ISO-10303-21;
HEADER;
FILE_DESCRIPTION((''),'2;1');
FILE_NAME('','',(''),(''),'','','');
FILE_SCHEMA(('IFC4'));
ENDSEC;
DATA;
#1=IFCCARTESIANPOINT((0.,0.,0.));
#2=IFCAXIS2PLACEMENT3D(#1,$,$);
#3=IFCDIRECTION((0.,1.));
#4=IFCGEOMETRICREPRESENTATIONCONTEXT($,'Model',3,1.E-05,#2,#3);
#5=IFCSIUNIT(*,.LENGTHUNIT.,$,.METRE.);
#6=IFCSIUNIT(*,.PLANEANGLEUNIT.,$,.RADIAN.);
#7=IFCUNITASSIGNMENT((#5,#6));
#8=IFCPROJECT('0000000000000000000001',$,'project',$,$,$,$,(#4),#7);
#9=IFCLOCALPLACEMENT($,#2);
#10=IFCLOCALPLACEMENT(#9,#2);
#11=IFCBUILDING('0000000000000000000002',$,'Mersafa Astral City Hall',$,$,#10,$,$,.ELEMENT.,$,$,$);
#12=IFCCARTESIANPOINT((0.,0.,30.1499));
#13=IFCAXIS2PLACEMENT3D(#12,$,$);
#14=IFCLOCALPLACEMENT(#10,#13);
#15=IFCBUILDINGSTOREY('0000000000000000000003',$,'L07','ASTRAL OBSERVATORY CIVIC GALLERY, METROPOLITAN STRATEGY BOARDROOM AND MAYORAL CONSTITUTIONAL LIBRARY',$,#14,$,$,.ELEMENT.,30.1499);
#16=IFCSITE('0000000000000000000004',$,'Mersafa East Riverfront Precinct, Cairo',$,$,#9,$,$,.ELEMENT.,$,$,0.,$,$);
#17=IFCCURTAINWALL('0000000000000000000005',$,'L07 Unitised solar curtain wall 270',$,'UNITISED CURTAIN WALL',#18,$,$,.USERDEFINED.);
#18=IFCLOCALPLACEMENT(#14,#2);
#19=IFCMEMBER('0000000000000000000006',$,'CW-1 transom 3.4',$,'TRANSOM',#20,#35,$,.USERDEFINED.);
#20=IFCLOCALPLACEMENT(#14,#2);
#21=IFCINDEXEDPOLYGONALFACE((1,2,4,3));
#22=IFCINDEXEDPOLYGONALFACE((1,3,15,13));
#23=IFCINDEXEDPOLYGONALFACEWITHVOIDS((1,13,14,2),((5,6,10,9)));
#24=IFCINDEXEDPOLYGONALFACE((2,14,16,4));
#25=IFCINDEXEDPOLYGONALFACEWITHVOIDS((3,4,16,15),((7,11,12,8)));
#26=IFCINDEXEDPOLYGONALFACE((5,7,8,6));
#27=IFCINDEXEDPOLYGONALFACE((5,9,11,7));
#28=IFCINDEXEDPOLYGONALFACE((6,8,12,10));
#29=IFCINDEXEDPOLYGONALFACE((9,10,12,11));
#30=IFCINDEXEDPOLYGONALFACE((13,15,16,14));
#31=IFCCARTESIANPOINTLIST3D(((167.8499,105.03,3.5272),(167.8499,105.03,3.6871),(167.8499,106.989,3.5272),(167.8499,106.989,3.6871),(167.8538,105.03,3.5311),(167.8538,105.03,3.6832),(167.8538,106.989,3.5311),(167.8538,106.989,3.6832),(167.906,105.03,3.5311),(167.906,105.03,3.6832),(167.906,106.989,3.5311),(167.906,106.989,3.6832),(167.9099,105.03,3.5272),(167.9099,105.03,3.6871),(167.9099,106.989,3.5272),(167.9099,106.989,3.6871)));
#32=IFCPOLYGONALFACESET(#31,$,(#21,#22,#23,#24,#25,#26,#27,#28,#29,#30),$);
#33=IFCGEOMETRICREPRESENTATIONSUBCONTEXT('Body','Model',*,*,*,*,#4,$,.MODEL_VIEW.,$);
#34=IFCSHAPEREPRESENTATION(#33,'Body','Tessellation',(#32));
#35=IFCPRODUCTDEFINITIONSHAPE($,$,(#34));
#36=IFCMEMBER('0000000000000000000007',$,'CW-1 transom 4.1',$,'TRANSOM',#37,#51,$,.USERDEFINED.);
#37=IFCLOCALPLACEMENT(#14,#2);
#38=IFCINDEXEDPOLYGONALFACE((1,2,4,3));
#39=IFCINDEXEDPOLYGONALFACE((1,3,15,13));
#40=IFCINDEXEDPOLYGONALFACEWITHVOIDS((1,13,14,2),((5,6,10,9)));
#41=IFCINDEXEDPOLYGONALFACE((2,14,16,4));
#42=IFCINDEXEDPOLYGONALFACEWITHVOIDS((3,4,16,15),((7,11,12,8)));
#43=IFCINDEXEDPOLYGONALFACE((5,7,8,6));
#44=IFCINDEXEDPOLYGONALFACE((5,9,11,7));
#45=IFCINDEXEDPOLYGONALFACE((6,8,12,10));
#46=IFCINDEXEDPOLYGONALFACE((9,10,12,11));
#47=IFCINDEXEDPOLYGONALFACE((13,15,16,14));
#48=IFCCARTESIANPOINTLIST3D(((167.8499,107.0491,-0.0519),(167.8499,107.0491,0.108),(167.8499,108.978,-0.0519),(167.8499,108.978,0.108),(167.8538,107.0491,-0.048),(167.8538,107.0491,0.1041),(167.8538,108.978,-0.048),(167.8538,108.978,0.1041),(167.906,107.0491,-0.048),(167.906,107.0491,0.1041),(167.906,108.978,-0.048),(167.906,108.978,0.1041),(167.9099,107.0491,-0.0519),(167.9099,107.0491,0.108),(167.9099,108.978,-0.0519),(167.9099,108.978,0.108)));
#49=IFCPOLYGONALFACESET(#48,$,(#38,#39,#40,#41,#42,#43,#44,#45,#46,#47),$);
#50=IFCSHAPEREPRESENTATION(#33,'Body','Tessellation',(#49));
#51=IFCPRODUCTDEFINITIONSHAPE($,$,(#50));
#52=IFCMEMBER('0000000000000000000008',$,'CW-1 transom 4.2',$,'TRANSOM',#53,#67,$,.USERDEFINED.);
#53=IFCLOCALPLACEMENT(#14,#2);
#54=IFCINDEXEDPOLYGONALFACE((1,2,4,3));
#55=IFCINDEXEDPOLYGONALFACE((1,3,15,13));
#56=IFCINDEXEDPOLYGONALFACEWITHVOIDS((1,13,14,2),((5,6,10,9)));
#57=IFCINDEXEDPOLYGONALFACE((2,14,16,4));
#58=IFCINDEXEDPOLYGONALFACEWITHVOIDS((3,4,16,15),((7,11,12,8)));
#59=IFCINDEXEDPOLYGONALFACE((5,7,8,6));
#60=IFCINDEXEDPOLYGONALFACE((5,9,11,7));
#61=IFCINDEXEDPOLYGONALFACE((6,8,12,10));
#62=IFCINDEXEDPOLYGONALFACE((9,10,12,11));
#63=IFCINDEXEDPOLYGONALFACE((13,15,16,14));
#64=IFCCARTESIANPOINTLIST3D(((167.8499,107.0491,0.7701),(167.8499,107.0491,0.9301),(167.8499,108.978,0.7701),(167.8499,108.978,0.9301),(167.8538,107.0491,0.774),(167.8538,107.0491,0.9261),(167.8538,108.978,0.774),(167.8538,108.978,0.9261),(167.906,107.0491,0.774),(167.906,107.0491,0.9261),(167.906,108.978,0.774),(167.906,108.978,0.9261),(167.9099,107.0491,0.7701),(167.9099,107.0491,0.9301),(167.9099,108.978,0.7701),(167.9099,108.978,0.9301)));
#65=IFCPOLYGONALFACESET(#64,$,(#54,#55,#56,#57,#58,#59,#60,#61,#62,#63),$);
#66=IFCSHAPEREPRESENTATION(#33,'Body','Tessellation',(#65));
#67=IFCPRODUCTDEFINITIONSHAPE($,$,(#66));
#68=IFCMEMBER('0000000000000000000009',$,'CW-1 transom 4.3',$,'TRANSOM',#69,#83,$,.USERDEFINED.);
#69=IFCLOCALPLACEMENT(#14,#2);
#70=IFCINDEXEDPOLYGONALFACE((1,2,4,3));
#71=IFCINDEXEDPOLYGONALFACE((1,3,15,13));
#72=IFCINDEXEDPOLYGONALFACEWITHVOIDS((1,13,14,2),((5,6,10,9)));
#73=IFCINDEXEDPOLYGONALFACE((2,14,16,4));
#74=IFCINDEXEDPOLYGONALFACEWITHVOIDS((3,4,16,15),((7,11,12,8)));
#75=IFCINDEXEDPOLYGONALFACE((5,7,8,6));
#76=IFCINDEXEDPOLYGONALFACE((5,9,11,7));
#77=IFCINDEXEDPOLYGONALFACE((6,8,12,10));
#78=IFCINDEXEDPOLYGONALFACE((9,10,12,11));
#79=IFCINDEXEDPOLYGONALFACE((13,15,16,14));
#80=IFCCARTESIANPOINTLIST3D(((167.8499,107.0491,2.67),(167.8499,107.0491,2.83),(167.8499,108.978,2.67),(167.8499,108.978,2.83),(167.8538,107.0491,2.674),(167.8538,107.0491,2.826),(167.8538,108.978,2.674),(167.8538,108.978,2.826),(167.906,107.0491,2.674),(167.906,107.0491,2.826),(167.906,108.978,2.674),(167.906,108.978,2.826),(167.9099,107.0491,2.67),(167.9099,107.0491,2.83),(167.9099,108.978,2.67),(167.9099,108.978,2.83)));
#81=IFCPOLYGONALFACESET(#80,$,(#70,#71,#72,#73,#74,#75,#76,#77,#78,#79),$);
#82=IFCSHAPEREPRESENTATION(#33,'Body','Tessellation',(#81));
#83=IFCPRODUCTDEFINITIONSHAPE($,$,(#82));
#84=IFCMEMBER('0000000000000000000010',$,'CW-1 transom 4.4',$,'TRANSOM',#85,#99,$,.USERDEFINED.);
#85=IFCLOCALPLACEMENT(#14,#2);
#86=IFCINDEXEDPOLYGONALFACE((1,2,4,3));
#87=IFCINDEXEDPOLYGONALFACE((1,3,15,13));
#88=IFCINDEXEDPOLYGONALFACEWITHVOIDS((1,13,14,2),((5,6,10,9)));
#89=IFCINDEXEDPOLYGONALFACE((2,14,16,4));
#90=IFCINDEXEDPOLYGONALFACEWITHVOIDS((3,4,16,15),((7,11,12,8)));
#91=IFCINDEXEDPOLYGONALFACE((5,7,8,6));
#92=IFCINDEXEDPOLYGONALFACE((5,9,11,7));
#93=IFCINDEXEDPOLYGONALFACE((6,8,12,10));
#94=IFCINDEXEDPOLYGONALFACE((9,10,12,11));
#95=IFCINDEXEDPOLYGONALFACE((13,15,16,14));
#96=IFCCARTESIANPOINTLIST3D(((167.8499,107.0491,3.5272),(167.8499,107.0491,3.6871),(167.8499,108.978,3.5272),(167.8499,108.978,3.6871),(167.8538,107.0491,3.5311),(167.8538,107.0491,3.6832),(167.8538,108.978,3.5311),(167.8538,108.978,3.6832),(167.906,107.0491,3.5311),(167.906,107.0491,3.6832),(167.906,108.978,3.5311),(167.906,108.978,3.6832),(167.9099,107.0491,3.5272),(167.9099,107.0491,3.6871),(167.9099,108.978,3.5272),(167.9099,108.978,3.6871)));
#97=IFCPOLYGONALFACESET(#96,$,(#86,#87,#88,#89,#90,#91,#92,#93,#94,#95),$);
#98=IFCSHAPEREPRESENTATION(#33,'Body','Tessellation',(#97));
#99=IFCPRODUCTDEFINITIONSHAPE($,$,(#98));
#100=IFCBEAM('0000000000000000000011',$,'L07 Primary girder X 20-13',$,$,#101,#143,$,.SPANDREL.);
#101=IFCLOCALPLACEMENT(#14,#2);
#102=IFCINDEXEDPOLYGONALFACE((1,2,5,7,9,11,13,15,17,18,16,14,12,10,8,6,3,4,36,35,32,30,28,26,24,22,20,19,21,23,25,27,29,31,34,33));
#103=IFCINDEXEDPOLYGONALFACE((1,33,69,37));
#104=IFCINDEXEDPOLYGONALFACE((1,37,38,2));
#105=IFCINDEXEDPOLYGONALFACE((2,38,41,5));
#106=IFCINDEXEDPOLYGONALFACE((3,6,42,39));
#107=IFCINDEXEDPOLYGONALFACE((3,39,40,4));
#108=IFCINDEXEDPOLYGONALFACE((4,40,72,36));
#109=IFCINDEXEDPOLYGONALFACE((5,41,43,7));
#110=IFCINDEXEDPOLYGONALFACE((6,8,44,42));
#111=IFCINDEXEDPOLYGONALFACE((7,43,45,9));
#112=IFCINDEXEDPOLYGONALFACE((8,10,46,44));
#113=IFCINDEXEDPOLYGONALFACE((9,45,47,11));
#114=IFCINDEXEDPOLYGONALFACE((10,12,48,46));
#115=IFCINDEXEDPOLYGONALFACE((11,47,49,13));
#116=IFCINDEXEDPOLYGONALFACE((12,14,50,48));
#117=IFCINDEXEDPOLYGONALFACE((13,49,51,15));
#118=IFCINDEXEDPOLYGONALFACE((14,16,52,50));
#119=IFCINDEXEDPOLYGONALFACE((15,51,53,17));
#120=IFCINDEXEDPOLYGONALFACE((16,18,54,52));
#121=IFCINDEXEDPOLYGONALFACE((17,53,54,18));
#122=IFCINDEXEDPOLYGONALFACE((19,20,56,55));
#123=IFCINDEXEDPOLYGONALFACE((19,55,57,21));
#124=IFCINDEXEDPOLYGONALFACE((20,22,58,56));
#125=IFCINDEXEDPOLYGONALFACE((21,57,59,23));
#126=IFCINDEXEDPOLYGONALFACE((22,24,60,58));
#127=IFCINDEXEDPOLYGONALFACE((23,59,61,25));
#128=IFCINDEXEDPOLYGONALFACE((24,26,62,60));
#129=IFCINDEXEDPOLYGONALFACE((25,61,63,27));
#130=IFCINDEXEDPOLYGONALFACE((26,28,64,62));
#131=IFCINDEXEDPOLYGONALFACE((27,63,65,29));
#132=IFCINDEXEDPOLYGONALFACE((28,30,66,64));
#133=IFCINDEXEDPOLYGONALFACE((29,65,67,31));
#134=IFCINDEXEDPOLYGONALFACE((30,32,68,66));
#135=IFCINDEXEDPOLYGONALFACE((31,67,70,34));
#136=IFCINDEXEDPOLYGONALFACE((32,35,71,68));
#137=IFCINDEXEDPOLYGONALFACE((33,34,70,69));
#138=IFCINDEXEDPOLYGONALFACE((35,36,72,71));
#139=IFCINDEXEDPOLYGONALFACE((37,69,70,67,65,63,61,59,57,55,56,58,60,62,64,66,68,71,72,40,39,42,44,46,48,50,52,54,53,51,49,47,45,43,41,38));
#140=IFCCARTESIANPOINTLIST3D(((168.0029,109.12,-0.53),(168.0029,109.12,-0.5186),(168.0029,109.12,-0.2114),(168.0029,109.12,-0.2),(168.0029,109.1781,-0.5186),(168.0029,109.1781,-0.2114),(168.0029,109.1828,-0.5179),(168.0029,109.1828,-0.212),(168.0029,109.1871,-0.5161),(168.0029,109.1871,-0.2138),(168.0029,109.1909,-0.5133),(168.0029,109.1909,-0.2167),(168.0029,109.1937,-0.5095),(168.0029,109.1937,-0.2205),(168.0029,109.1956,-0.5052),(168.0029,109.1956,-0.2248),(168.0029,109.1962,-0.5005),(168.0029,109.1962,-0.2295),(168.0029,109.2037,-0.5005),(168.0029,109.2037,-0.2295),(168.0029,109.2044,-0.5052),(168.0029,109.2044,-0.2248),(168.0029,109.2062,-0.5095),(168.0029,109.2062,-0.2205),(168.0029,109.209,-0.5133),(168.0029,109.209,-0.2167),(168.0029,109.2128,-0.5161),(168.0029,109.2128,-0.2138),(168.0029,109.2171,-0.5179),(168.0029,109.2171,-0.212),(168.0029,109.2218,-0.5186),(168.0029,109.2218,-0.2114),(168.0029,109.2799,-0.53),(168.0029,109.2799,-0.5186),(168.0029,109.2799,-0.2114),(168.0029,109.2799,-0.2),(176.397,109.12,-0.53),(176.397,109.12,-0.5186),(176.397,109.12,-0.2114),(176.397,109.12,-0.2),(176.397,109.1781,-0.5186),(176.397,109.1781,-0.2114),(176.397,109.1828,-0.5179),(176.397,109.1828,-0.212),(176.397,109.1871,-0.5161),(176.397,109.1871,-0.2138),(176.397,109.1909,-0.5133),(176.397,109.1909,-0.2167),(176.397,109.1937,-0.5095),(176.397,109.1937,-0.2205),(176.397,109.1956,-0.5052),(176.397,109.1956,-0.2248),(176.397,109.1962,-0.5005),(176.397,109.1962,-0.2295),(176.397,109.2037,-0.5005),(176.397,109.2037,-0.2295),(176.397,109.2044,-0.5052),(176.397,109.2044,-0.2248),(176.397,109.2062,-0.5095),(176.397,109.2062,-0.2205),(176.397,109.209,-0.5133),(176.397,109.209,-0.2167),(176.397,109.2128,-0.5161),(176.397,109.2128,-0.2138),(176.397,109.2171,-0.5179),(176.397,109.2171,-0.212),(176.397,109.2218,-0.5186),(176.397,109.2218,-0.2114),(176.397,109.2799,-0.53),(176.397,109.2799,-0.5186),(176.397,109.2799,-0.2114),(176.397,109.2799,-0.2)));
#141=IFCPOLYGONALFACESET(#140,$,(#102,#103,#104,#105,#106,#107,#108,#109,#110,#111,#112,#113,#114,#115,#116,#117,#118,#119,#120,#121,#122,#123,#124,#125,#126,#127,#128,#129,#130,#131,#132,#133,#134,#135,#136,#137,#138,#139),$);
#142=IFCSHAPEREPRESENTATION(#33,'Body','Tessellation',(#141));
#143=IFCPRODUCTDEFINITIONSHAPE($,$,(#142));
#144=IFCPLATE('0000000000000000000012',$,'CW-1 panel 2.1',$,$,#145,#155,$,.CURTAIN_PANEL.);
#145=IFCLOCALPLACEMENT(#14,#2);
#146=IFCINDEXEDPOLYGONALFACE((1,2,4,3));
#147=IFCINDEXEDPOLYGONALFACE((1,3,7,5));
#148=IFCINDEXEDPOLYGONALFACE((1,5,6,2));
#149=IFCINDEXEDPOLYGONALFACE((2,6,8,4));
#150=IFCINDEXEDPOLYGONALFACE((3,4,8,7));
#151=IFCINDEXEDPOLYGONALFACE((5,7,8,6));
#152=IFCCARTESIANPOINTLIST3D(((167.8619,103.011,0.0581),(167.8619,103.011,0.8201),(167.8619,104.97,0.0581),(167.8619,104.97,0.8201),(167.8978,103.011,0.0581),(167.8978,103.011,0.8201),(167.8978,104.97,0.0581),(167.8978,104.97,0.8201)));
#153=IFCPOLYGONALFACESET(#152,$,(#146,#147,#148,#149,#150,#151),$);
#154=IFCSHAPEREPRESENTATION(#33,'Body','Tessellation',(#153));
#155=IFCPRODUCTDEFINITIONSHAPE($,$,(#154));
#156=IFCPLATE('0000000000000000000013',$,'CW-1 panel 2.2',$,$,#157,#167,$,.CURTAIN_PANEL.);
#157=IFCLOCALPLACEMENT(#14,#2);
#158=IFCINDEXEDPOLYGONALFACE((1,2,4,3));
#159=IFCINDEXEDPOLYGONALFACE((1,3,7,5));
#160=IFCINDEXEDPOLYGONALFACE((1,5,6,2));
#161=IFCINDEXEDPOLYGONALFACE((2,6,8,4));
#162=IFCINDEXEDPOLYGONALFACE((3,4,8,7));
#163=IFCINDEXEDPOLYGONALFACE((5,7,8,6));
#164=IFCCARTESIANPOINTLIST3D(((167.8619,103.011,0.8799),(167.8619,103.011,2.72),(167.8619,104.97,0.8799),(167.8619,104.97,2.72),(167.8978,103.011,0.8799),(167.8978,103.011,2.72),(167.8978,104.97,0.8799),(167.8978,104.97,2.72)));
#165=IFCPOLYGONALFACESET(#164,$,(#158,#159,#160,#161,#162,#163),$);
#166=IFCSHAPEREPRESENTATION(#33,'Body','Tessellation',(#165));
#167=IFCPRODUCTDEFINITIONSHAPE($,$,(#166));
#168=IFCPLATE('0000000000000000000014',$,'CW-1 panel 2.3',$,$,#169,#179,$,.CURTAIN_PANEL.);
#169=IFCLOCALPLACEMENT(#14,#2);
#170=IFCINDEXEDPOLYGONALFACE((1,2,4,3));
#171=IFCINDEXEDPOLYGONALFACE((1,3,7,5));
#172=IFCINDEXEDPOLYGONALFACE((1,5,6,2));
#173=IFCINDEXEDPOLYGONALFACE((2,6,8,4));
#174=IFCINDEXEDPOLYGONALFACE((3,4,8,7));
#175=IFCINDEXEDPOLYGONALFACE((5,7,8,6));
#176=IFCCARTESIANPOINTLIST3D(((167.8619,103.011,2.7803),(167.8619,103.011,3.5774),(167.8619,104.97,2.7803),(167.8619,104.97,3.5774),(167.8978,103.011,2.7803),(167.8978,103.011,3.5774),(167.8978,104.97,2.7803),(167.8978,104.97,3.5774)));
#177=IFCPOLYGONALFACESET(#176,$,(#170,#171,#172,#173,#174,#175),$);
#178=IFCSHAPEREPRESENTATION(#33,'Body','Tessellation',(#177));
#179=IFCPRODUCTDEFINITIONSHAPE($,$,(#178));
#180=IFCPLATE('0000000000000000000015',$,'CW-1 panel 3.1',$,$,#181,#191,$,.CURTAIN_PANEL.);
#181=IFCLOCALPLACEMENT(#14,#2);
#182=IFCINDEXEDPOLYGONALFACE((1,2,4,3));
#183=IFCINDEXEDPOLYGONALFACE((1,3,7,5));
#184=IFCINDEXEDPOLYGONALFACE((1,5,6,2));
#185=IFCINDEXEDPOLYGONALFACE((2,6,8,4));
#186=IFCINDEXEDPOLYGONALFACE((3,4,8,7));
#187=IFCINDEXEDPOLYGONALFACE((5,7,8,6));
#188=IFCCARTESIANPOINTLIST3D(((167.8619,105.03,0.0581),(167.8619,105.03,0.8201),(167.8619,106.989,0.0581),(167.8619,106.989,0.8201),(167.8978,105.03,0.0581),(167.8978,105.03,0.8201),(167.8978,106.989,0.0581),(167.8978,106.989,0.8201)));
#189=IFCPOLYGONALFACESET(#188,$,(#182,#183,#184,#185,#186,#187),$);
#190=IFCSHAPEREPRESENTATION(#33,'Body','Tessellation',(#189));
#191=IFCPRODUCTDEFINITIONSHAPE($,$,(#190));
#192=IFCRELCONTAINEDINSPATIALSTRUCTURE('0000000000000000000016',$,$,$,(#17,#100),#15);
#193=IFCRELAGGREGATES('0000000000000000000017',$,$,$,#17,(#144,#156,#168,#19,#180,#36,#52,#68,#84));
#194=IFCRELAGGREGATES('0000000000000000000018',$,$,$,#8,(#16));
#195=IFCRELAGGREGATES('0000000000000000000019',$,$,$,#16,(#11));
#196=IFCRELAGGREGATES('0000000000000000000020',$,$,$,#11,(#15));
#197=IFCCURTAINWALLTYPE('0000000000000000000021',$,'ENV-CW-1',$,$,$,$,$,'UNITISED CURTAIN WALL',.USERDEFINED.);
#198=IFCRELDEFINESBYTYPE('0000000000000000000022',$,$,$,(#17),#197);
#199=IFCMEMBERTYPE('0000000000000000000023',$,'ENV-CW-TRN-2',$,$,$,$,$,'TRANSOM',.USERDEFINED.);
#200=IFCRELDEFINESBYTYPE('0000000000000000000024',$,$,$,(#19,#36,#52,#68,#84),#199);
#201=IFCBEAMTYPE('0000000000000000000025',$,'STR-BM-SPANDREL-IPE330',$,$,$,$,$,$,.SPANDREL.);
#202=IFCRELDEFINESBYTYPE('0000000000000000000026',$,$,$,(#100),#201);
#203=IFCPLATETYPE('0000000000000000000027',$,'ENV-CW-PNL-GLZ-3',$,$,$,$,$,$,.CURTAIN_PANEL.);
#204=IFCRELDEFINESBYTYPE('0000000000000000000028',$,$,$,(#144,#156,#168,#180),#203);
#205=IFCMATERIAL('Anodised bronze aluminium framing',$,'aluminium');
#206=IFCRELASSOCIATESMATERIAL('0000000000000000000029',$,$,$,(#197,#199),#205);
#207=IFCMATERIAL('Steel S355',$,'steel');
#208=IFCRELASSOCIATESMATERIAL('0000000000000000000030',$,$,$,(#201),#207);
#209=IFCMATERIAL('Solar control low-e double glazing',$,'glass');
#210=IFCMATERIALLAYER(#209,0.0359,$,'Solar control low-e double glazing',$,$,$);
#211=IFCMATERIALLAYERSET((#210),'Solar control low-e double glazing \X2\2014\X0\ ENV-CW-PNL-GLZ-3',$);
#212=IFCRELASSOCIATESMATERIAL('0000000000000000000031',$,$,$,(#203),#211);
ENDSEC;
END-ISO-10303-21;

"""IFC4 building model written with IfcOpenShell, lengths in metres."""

from ifc_helpers import new_model, si_unit, direction, frame, origin, origin_2d, place, context, subcontext, project, spatial, rectangle, hollow_rectangle, i_section, extrude, material, layer, layer_set, material_profile, profile_set, type_object, element, aggregate, save


model = new_model("IFC4")

# Units and contexts
model_context = context("Model", 3, precision=1e-05, world=origin(), true_north=direction((0.0, 1.0)))
body_context = subcontext(model_context, "Body", "Model", "MODEL_VIEW")
ifc_project = project(units=[si_unit("LENGTHUNIT", "METRE"), si_unit("PLANEANGLEUNIT", "RADIAN")], contexts=[model_context])

# Site, building, storey
site_placement = place(None, origin())
site = spatial("IfcSite", under=ifc_project, at=site_placement, Name="Mersafa East Riverfront Precinct, Cairo", CompositionType="ELEMENT", RefElevation=0.0)
building_placement = place(site_placement, origin())
building = spatial("IfcBuilding", under=site, at=building_placement, Name="Mersafa Astral City Hall", CompositionType="ELEMENT")
storey_placement = place(building_placement, frame((0.0, 0.0, 30.1499)))
storey = spatial("IfcBuildingStorey", under=building, at=storey_placement, Name="L07", Description="ASTRAL OBSERVATORY CIVIC GALLERY, METROPOLITAN STRATEGY BOARDROOM AND MAYORAL CONSTITUTIONAL LIBRARY", CompositionType="ELEMENT", Elevation=30.1499)

# Shared definitions
ifc_material_1 = material(Name="Steel S355", Category="steel")

# Curtain wall, members
ifc_material_2 = material(Name="Anodised bronze aluminium framing", Category="aluminium")
curtain_wall_type = type_object("IfcCurtainWallType", Name="ENV-CW-1", ElementType="UNITISED CURTAIN WALL", PredefinedType="USERDEFINED", material=ifc_material_2)
curtain_wall_placement = place(storey_placement, origin())
curtain_wall = element("IfcCurtainWall", 1, at=curtain_wall_placement, inside=storey, type_object=curtain_wall_type, Name="L07 Unitised solar curtain wall 270", ObjectType="UNITISED CURTAIN WALL", PredefinedType="USERDEFINED")
ifc_material_profile_1 = material_profile(ifc_material_2, hollow_rectangle(XDim=0.0601, YDim=0.1599, WallThickness=0.0039, at=origin_2d()), Name="RHS 60x160x4")
ifc_profile_set_1 = profile_set([ifc_material_profile_1], Name="Anodised bronze aluminium framing")
member_type_1 = type_object("IfcMemberType", Name="ENV-CW-TRN-2", ElementType="TRANSOM", PredefinedType="USERDEFINED", material=ifc_profile_set_1)
member_1_placement = place(storey_placement, frame((167.8799, 105.03, 3.6072), z_axis=(0.0, 1.0, 0.0), x_axis=(-1.0, 0.0, 0.0)))
member_1 = element("IfcMember", 2, at=member_1_placement, type_object=member_type_1, Name="CW-1 transom 3.4", ObjectType="TRANSOM", PredefinedType="USERDEFINED", context=body_context, shape_type="SweptSolid", body=[
    extrude(hollow_rectangle(XDim=0.0601, YDim=0.1599, WallThickness=0.0039, at=origin_2d()), origin(), (0.0, 0.0, 1.0), 1.959),
])
member_2_placement = place(storey_placement, frame((167.8799, 107.0491, 0.0281), z_axis=(0.0, 1.0, 0.0), x_axis=(-1.0, 0.0, 0.0)))
member_2 = element("IfcMember", 3, at=member_2_placement, type_object=member_type_1, Name="CW-1 transom 4.1", ObjectType="TRANSOM", PredefinedType="USERDEFINED", context=body_context, shape_type="SweptSolid", body=[
    extrude(hollow_rectangle(XDim=0.0601, YDim=0.1599, WallThickness=0.0039, at=origin_2d()), origin(), (0.0, 0.0, 1.0), 1.929),
])
member_3_placement = place(storey_placement, frame((167.8799, 107.0491, 0.8501), z_axis=(0.0, 1.0, 0.0), x_axis=(-1.0, 0.0, 0.0)))
member_3 = element("IfcMember", 4, at=member_3_placement, type_object=member_type_1, Name="CW-1 transom 4.2", ObjectType="TRANSOM", PredefinedType="USERDEFINED", context=body_context, shape_type="SweptSolid", body=[
    extrude(hollow_rectangle(XDim=0.0601, YDim=0.1599, WallThickness=0.0039, at=origin_2d()), origin(), (0.0, 0.0, 1.0), 1.929),
])
member_4_placement = place(storey_placement, frame((167.8799, 107.0491, 2.75), z_axis=(0.0, 1.0, 0.0), x_axis=(-1.0, 0.0, 0.0)))
member_4 = element("IfcMember", 5, at=member_4_placement, type_object=member_type_1, Name="CW-1 transom 4.3", ObjectType="TRANSOM", PredefinedType="USERDEFINED", context=body_context, shape_type="SweptSolid", body=[
    extrude(hollow_rectangle(XDim=0.0601, YDim=0.1599, WallThickness=0.0039, at=origin_2d()), origin(), (0.0, 0.0, 1.0), 1.929),
])
member_5_placement = place(storey_placement, frame((167.8799, 107.0491, 3.6072), z_axis=(0.0, 1.0, 0.0), x_axis=(-1.0, 0.0, 0.0)))
member_5 = element("IfcMember", 6, at=member_5_placement, type_object=member_type_1, Name="CW-1 transom 4.4", ObjectType="TRANSOM", PredefinedType="USERDEFINED", context=body_context, shape_type="SweptSolid", body=[
    extrude(hollow_rectangle(XDim=0.0601, YDim=0.1599, WallThickness=0.0039, at=origin_2d()), origin(), (0.0, 0.0, 1.0), 1.929),
])

# Beam
ifc_material_profile_2 = material_profile(ifc_material_1, i_section(OverallWidth=0.1599, OverallDepth=0.3301, WebThickness=0.0076, FlangeThickness=0.0115, FilletRadius=0.0181, at=origin_2d()), Name="IPE 330")
ifc_profile_set_2 = profile_set([ifc_material_profile_2], Name="Steel S355")
beam_type = type_object("IfcBeamType", Name="STR-BM-SPANDREL-IPE330", PredefinedType="SPANDREL", material=ifc_profile_set_2)
beam_placement = place(storey_placement, frame((168.0029, 109.2, -0.365), z_axis=(1.0, 0.0, 0.0), x_axis=(0.0, 1.0, 0.0)))
element("IfcBeam", 7, at=beam_placement, inside=storey, type_object=beam_type, Name="L07 Primary girder X 20-13", PredefinedType="SPANDREL", context=body_context, shape_type="SweptSolid", body=[
    extrude(i_section(OverallWidth=0.1599, OverallDepth=0.3301, WebThickness=0.0076, FlangeThickness=0.0115, FilletRadius=0.0181, at=origin_2d()), origin(), (0.0, 0.0, 1.0), 8.394),
])

# Plates
ifc_material_3 = material(Name="Solar control low-e double glazing", Category="glass")
ifc_layer_1 = layer(ifc_material_3, 0.0359, Name="Solar control low-e double glazing")
ifc_layer_set_1 = layer_set([ifc_layer_1], Name="Solar control low-e double glazing — ENV-CW-PNL-GLZ-3")
plate_type = type_object("IfcPlateType", Name="ENV-CW-PNL-GLZ-3", PredefinedType="CURTAIN_PANEL", material=ifc_layer_set_1)
plate_1_placement = place(storey_placement, frame((167.8799, 103.9905, 0.0581), z_axis=(0.0, 0.0, 1.0), x_axis=(0.0, 1.0, 0.0)))
plate_1 = element("IfcPlate", 8, at=plate_1_placement, type_object=plate_type, Name="CW-1 panel 2.1", PredefinedType="CURTAIN_PANEL", context=body_context, shape_type="SweptSolid", body=[
    extrude(rectangle(XDim=1.959, YDim=0.0359, at=origin_2d()), origin(), (0.0, 0.0, 1.0), 0.762),
])
plate_2_placement = place(storey_placement, frame((167.8799, 103.9905, 0.8799), z_axis=(0.0, 0.0, 1.0), x_axis=(0.0, 1.0, 0.0)))
plate_2 = element("IfcPlate", 9, at=plate_2_placement, type_object=plate_type, Name="CW-1 panel 2.2", PredefinedType="CURTAIN_PANEL", context=body_context, shape_type="SweptSolid", body=[
    extrude(rectangle(XDim=1.959, YDim=0.0359, at=origin_2d()), origin(), (0.0, 0.0, 1.0), 1.8401),
])
plate_3_placement = place(storey_placement, frame((167.8799, 103.9905, 2.7803), z_axis=(0.0, 0.0, 1.0), x_axis=(0.0, 1.0, 0.0)))
plate_3 = element("IfcPlate", 10, at=plate_3_placement, type_object=plate_type, Name="CW-1 panel 2.3", PredefinedType="CURTAIN_PANEL", context=body_context, shape_type="SweptSolid", body=[
    extrude(rectangle(XDim=1.959, YDim=0.0359, at=origin_2d()), origin(), (0.0, 0.0, 1.0), 0.7971),
])
plate_4_placement = place(storey_placement, frame((167.8799, 106.0095, 0.0581), z_axis=(0.0, 0.0, 1.0), x_axis=(0.0, 1.0, 0.0)))
plate_4 = element("IfcPlate", 11, at=plate_4_placement, type_object=plate_type, Name="CW-1 panel 3.1", PredefinedType="CURTAIN_PANEL", context=body_context, shape_type="SweptSolid", body=[
    extrude(rectangle(XDim=1.959, YDim=0.0359, at=origin_2d()), origin(), (0.0, 0.0, 1.0), 0.762),
])
aggregate(curtain_wall, [plate_1, plate_2, plate_3, member_1, plate_4, member_2, member_3, member_4, member_5])

save(model, "model.ifc")
